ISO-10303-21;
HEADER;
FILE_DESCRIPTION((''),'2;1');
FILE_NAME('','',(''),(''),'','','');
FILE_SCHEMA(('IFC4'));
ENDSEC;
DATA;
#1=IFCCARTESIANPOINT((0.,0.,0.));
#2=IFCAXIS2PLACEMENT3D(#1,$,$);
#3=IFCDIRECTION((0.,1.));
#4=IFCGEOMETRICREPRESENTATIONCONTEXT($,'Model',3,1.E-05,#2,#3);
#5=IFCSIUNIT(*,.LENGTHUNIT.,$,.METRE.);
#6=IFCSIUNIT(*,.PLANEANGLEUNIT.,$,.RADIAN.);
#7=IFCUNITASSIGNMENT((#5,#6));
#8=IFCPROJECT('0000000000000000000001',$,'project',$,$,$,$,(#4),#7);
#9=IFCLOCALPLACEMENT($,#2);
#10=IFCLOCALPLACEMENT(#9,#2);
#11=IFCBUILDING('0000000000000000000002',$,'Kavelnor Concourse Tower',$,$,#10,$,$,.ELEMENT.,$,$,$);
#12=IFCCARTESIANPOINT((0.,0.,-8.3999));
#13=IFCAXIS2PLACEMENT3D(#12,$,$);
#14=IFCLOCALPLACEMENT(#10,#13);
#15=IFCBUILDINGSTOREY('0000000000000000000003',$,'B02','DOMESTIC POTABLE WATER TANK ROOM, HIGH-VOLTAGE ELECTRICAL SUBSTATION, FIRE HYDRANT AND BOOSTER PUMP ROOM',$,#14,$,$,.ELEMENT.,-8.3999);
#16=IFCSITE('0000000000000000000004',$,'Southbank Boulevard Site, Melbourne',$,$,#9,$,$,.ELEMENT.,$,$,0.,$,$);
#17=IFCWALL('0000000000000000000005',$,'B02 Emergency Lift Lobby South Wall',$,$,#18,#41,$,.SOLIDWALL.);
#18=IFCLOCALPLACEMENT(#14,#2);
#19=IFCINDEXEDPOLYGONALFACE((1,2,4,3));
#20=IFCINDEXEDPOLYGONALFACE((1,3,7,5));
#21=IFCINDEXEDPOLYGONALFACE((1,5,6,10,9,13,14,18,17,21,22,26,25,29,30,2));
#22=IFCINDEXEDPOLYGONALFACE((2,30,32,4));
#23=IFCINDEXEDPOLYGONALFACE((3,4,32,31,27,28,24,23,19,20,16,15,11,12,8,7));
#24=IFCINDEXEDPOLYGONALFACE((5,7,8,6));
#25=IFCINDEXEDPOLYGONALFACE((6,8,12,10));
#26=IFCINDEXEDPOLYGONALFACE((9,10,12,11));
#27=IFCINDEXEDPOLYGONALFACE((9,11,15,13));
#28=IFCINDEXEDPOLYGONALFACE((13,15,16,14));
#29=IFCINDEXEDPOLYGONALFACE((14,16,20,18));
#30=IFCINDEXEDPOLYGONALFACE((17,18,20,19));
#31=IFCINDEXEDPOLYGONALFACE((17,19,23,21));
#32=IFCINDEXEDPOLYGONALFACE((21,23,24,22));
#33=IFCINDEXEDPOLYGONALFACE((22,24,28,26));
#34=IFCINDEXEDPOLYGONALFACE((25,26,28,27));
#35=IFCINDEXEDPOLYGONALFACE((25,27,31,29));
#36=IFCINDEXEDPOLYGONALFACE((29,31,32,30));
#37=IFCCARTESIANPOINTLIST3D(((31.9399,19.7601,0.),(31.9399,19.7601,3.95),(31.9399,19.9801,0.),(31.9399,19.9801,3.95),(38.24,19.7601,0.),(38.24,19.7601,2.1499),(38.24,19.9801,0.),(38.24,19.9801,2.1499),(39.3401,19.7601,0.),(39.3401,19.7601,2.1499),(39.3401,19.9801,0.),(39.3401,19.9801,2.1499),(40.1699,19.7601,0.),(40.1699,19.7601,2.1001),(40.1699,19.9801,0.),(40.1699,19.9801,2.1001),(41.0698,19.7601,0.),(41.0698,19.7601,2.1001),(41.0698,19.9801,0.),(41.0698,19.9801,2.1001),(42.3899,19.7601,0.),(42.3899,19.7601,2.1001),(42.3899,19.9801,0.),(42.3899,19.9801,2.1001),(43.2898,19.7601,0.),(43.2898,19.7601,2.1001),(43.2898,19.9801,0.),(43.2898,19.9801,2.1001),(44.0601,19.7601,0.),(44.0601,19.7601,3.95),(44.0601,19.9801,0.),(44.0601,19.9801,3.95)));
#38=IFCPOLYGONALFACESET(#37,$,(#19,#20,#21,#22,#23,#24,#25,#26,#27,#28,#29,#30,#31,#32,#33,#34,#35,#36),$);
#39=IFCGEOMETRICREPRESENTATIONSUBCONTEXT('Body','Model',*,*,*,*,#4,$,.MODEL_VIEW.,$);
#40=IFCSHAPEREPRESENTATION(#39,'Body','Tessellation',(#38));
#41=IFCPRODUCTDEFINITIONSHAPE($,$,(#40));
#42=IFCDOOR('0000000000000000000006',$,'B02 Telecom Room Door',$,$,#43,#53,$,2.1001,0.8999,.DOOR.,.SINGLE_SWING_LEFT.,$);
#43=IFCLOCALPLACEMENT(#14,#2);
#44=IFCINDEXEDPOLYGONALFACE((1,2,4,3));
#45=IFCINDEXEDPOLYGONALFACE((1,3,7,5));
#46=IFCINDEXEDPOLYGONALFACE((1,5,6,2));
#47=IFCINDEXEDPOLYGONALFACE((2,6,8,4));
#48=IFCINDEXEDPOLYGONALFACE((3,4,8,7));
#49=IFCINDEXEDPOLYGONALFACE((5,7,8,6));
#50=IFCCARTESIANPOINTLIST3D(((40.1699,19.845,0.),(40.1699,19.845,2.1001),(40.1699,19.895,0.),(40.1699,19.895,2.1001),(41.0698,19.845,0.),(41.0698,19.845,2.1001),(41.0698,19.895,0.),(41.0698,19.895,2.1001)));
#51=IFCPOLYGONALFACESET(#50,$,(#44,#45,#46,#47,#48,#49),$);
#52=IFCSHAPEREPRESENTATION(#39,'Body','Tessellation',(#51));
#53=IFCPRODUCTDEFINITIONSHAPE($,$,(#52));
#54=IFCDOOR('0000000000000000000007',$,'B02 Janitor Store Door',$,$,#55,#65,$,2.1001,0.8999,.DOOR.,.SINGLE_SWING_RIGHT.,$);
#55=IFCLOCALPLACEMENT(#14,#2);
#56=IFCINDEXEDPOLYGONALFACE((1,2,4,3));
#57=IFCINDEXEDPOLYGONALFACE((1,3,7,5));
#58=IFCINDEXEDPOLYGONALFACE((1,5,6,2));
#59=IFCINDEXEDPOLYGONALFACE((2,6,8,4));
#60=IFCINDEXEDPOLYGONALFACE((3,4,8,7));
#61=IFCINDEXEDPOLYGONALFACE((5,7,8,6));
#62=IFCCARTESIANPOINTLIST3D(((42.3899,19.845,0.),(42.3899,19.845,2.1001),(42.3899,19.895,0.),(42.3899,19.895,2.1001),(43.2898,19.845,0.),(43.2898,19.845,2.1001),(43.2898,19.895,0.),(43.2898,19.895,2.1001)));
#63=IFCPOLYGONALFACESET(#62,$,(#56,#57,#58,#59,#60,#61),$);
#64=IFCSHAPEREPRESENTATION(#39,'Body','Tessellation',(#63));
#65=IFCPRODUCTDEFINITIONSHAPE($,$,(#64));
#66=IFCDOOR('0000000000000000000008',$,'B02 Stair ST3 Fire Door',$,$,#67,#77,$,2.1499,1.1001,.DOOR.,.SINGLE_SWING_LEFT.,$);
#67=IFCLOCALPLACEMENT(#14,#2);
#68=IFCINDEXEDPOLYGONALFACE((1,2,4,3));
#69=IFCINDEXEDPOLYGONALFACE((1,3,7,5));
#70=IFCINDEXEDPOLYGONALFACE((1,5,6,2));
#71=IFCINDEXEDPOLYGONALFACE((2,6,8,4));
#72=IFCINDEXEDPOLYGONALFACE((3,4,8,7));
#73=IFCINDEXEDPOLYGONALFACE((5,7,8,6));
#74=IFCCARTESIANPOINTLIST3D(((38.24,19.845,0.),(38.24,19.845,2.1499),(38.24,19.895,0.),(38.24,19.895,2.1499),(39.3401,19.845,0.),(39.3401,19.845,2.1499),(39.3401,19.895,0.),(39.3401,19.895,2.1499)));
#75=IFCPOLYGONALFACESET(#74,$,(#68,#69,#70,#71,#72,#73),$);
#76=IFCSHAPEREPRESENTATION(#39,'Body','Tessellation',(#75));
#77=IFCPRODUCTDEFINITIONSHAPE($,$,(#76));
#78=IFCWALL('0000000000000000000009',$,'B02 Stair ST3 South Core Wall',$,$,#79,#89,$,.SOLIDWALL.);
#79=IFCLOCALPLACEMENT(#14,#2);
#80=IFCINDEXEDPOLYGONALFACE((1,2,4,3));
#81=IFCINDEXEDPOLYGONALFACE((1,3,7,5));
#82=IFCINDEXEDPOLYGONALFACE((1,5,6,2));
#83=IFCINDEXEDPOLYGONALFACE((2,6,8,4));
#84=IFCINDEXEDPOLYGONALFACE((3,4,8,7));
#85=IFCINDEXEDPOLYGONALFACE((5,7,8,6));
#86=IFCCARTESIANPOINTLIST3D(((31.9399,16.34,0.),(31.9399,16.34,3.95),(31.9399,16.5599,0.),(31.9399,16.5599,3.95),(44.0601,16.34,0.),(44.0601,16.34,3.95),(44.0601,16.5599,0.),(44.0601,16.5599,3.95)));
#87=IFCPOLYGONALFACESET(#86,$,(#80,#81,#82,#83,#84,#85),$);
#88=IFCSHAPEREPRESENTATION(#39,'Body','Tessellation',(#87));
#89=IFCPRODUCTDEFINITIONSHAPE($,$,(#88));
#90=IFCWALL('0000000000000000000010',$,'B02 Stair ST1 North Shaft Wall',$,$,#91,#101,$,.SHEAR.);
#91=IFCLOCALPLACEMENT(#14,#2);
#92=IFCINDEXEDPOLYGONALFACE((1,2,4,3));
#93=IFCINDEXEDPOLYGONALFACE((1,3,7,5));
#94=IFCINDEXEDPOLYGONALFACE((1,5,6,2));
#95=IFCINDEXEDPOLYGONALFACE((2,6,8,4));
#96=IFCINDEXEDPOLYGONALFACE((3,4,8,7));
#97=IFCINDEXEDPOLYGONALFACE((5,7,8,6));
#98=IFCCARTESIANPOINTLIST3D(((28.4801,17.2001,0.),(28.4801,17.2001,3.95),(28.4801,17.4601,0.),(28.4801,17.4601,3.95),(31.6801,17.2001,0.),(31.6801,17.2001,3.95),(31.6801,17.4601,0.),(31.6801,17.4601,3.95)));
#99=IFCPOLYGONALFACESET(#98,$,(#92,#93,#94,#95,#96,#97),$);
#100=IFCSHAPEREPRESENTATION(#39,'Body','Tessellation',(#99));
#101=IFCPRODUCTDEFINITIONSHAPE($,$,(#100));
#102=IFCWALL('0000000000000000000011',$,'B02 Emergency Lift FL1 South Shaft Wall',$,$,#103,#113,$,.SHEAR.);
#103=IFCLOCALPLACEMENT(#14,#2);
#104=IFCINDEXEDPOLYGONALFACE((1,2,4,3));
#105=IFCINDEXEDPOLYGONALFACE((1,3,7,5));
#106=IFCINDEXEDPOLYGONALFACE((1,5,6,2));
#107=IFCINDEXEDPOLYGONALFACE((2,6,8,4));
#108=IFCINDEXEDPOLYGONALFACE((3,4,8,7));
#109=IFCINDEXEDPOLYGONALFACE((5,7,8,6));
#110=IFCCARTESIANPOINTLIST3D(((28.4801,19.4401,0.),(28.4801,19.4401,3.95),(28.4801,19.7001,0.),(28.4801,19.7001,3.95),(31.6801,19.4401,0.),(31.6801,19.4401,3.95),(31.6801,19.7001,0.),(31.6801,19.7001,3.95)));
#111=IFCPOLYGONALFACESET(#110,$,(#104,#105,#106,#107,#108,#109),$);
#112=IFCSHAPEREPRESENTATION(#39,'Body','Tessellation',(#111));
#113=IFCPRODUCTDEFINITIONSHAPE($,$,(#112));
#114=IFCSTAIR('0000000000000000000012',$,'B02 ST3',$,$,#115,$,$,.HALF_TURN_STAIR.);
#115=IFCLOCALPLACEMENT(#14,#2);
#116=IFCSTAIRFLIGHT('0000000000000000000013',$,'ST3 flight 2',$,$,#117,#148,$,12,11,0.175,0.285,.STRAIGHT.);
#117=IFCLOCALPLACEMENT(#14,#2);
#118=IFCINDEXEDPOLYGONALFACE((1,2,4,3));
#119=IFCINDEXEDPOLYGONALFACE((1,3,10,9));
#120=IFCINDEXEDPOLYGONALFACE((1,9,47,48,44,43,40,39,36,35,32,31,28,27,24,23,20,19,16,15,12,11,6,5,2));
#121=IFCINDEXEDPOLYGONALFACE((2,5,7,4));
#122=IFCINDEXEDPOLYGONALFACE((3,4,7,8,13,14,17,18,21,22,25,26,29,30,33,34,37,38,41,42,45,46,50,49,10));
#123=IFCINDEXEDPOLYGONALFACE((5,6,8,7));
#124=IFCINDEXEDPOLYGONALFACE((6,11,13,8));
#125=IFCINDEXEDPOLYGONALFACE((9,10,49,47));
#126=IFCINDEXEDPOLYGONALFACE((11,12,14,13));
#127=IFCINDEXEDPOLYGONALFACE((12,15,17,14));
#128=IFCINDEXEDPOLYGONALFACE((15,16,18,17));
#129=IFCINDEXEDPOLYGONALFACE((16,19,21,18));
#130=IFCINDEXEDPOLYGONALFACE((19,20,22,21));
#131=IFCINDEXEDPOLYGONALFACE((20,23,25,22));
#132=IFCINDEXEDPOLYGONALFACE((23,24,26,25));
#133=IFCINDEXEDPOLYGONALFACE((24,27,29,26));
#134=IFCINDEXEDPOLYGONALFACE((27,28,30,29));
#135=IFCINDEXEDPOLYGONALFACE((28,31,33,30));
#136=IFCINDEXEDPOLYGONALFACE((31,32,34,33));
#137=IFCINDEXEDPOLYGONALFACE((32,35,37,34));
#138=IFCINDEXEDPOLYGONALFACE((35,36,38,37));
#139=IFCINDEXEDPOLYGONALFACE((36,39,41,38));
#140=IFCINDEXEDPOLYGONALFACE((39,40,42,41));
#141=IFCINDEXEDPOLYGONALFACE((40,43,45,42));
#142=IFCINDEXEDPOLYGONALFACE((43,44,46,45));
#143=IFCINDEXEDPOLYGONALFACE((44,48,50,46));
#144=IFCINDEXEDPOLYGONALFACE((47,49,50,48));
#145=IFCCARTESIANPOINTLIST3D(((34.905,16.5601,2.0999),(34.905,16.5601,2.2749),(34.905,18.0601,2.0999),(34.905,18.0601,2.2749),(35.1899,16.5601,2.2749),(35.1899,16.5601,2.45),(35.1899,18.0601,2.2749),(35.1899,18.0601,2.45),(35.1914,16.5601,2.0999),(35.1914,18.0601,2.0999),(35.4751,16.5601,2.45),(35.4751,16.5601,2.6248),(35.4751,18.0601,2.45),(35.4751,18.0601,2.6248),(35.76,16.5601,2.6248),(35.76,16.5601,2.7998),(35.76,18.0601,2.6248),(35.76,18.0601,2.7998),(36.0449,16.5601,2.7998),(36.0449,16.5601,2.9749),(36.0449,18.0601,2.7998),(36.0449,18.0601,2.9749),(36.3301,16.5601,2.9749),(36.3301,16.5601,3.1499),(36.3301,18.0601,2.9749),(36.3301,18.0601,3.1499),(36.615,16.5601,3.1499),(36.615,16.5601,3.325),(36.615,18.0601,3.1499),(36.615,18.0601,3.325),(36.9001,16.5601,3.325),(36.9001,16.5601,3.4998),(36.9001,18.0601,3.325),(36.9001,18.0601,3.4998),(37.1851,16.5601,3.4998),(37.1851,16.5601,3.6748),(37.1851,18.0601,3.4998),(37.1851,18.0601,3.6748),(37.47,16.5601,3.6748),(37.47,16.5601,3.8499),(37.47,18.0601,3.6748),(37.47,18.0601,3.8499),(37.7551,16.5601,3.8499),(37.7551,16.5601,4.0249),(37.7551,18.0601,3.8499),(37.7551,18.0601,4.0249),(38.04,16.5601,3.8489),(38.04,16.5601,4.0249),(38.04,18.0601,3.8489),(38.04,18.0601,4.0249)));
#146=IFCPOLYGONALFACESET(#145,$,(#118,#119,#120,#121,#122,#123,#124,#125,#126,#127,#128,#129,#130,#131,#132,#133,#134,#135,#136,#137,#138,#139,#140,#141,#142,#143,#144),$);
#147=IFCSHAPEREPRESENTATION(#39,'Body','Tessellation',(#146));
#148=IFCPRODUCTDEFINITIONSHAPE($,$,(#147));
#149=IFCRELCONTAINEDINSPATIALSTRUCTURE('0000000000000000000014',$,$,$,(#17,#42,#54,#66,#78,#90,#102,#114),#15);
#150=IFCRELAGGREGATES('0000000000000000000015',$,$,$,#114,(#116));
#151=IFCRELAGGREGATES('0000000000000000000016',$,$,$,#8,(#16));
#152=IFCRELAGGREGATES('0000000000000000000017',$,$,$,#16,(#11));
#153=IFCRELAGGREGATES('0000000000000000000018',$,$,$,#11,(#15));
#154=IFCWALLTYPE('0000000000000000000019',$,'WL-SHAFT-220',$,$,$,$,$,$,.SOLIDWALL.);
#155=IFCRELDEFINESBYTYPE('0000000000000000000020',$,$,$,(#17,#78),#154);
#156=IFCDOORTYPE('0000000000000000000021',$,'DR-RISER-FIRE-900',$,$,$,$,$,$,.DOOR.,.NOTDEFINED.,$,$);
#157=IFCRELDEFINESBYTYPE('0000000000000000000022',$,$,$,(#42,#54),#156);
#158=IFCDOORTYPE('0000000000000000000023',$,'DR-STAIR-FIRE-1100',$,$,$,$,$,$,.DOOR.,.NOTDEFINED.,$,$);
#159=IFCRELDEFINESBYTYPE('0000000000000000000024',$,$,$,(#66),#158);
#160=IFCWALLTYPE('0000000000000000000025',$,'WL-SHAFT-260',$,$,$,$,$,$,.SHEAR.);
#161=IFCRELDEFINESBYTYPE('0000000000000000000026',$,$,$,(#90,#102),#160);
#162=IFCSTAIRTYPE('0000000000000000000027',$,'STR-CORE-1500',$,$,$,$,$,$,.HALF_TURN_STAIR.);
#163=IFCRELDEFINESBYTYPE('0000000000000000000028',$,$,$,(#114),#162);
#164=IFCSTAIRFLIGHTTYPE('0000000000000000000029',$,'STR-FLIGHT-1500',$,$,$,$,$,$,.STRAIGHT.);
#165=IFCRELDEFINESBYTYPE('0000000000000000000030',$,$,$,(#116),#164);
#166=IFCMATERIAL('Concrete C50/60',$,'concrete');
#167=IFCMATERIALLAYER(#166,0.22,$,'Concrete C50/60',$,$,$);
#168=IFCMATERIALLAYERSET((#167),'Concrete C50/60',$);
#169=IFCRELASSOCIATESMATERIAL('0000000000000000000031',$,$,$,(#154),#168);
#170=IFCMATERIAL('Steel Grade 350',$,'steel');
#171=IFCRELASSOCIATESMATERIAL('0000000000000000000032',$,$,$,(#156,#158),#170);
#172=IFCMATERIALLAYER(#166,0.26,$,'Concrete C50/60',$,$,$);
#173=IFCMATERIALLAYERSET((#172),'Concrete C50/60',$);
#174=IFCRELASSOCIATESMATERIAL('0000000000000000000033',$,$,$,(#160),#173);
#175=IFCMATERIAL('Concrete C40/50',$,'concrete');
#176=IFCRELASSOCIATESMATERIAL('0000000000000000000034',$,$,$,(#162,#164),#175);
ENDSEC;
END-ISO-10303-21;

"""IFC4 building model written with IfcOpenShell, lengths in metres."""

from ifc_helpers import new_model, si_unit, direction, frame, frame_2d, origin, place, context, subcontext, project, spatial, polyline, rectangle, outline, extrude, material, layer, layer_set, type_object, element, fill, aggregate, save


model = new_model("IFC4")

# Units and contexts
model_context = context("Model", 3, precision=1e-05, world=origin(), true_north=direction((0.0, 1.0)))
body_context = subcontext(model_context, "Body", "Model", "MODEL_VIEW")
ifc_project = project(units=[si_unit("LENGTHUNIT", "METRE"), si_unit("PLANEANGLEUNIT", "RADIAN")], contexts=[model_context])

# Site, building, storey
site_placement = place(None, origin())
site = spatial("IfcSite", under=ifc_project, at=site_placement, Name="Southbank Boulevard Site, Melbourne", CompositionType="ELEMENT", RefElevation=0.0)
building_placement = place(site_placement, origin())
building = spatial("IfcBuilding", under=site, at=building_placement, Name="Kavelnor Concourse Tower", CompositionType="ELEMENT")
storey_placement = place(building_placement, frame((0.0, 0.0, -8.3999)))
storey = spatial("IfcBuildingStorey", under=building, at=storey_placement, Name="B02", Description="DOMESTIC POTABLE WATER TANK ROOM, HIGH-VOLTAGE ELECTRICAL SUBSTATION, FIRE HYDRANT AND BOOSTER PUMP ROOM", CompositionType="ELEMENT", Elevation=-8.3999)

# Shared definitions
ifc_material_1 = material(Name="Concrete C50/60", Category="concrete")

# Shared definitions
ifc_material_2 = material(Name="Steel Grade 350", Category="steel")

# Wall, openings, doors
ifc_layer_1 = layer(ifc_material_1, 0.22, Name="Concrete C50/60")
ifc_layer_set_1 = layer_set([ifc_layer_1], Name="Concrete C50/60")
wall_type_1 = type_object("IfcWallType", Name="WL-SHAFT-220", PredefinedType="SOLIDWALL", material=ifc_layer_set_1)
wall_1_placement = place(storey_placement, frame((31.9399, 19.8701, 0.0), z_axis=(0.0, 0.0, 1.0), x_axis=(1.0, 0.0, 0.0)))
wall_1 = element("IfcWall", 1, at=wall_1_placement, inside=storey, type_object=wall_type_1, Name="B02 Emergency Lift Lobby South Wall", PredefinedType="SOLIDWALL", context=body_context, shape_type="SweptSolid", body=[
    extrude(rectangle(XDim=12.1201, YDim=0.22, at=frame_2d((6.0601, 0.0))), origin(), (0.0, 0.0, 1.0), 3.95),
])
opening_1_placement = place(wall_1_placement, frame((6.3, 0.0, 0.0)))
opening_1 = element("IfcOpeningElement", 2, at=opening_1_placement, cuts=wall_1, PredefinedType="OPENING", context=body_context, shape_type="SweptSolid", body=[
    extrude(rectangle(XDim=1.1001, YDim=2.1499, at=frame_2d((0.55, 1.075))), frame((0.0, 0.1201, 0.0), z_axis=(0.0, -1.0, 0.0), x_axis=(1.0, 0.0, 0.0)), (0.0, 0.0, 1.0), 0.24),
])
opening_2_placement = place(wall_1_placement, frame((8.23, 0.0, 0.0)))
opening_2 = element("IfcOpeningElement", 3, at=opening_2_placement, cuts=wall_1, PredefinedType="OPENING", context=body_context, shape_type="SweptSolid", body=[
    extrude(rectangle(XDim=0.8999, YDim=2.1001, at=frame_2d((0.45, 1.05))), frame((0.0, 0.1201, 0.0), z_axis=(0.0, -1.0, 0.0), x_axis=(1.0, 0.0, 0.0)), (0.0, 0.0, 1.0), 0.24),
])
opening_3_placement = place(wall_1_placement, frame((10.45, 0.0, 0.0)))
opening_3 = element("IfcOpeningElement", 4, at=opening_3_placement, cuts=wall_1, PredefinedType="OPENING", context=body_context, shape_type="SweptSolid", body=[
    extrude(rectangle(XDim=0.8999, YDim=2.1001, at=frame_2d((0.45, 1.05))), frame((0.0, 0.1201, 0.0), z_axis=(0.0, -1.0, 0.0), x_axis=(1.0, 0.0, 0.0)), (0.0, 0.0, 1.0), 0.24),
])
door_type_1 = type_object("IfcDoorType", Name="DR-RISER-FIRE-900", OperationType="NOTDEFINED", PredefinedType="DOOR", material=ifc_material_2)
door_1_placement = place(opening_2_placement, origin())
door_1 = element("IfcDoor", 5, at=door_1_placement, inside=storey, type_object=door_type_1, Name="B02 Telecom Room Door", OperationType="SINGLE_SWING_LEFT", OverallHeight=2.1001, OverallWidth=0.8999, PredefinedType="DOOR", context=body_context, shape_type="SweptSolid", body=[
    extrude(rectangle(XDim=0.8999, YDim=2.1001, at=frame_2d((0.45, 1.05))), frame((0.0, 0.0249, 0.0), z_axis=(0.0, -1.0, 0.0), x_axis=(1.0, 0.0, 0.0)), (0.0, 0.0, 1.0), 0.05),
])
fill(opening_2, door_1)
door_2_placement = place(opening_3_placement, origin())
door_2 = element("IfcDoor", 6, at=door_2_placement, inside=storey, type_object=door_type_1, Name="B02 Janitor Store Door", OperationType="SINGLE_SWING_RIGHT", OverallHeight=2.1001, OverallWidth=0.8999, PredefinedType="DOOR", context=body_context, shape_type="SweptSolid", body=[
    extrude(rectangle(XDim=0.8999, YDim=2.1001, at=frame_2d((0.45, 1.05))), frame((0.0, 0.0249, 0.0), z_axis=(0.0, -1.0, 0.0), x_axis=(1.0, 0.0, 0.0)), (0.0, 0.0, 1.0), 0.05),
])
fill(opening_3, door_2)
door_type_2 = type_object("IfcDoorType", Name="DR-STAIR-FIRE-1100", OperationType="NOTDEFINED", PredefinedType="DOOR", material=ifc_material_2)
door_3_placement = place(opening_1_placement, origin())
door_3 = element("IfcDoor", 7, at=door_3_placement, inside=storey, type_object=door_type_2, Name="B02 Stair ST3 Fire Door", OperationType="SINGLE_SWING_LEFT", OverallHeight=2.1499, OverallWidth=1.1001, PredefinedType="DOOR", context=body_context, shape_type="SweptSolid", body=[
    extrude(rectangle(XDim=1.1001, YDim=2.1499, at=frame_2d((0.55, 1.075))), frame((0.0, 0.0249, 0.0), z_axis=(0.0, -1.0, 0.0), x_axis=(1.0, 0.0, 0.0)), (0.0, 0.0, 1.0), 0.05),
])
fill(opening_1, door_3)

# Walls
wall_2_placement = place(storey_placement, frame((31.9399, 16.45, 0.0), z_axis=(0.0, 0.0, 1.0), x_axis=(1.0, 0.0, 0.0)))
element("IfcWall", 8, at=wall_2_placement, inside=storey, type_object=wall_type_1, Name="B02 Stair ST3 South Core Wall", PredefinedType="SOLIDWALL", context=body_context, shape_type="SweptSolid", body=[
    extrude(rectangle(XDim=12.1201, YDim=0.22, at=frame_2d((6.0601, 0.0))), origin(), (0.0, 0.0, 1.0), 3.95),
])
ifc_layer_2 = layer(ifc_material_1, 0.26, Name="Concrete C50/60")
ifc_layer_set_2 = layer_set([ifc_layer_2], Name="Concrete C50/60")
wall_type_2 = type_object("IfcWallType", Name="WL-SHAFT-260", PredefinedType="SHEAR", material=ifc_layer_set_2)
for number, where, z_axis, x_axis, name in (
    (9, (28.48, 17.3301, 0.0), (0.0, 0.0, 1.0), (1.0, 0.0, 0.0), "B02 Stair ST1 North Shaft Wall"),
    (10, (28.48, 19.5701, 0.0), (0.0, 0.0, 1.0), (1.0, 0.0, 0.0), "B02 Emergency Lift FL1 South Shaft Wall"),
):
    element("IfcWall", number, at=place(storey_placement, frame(where, z_axis=z_axis, x_axis=x_axis)), inside=storey, type_object=wall_type_2, Name=name, PredefinedType="SHEAR", context=body_context, shape_type="SweptSolid", body=[
        extrude(rectangle(XDim=3.2, YDim=0.26, at=frame_2d((1.6001, 0.0))), origin(), (0.0, 0.0, 1.0), 3.95),
    ])

# Stair, stair flight
ifc_material_3 = material(Name="Concrete C40/50", Category="concrete")
stair_type = type_object("IfcStairType", Name="STR-CORE-1500", PredefinedType="HALF_TURN_STAIR", material=ifc_material_3)
stair_placement = place(storey_placement, origin())
stair = element("IfcStair", 11, at=stair_placement, inside=storey, type_object=stair_type, Name="B02 ST3", PredefinedType="HALF_TURN_STAIR")
stair_flight_type = type_object("IfcStairFlightType", Name="STR-FLIGHT-1500", PredefinedType="STRAIGHT", material=ifc_material_3)
stair_flight_placement = place(storey_placement, frame((34.905, 17.3101, 2.0999), z_axis=(0.0, 0.0, 1.0), x_axis=(1.0, 0.0, 0.0)))
stair_flight = element("IfcStairFlight", 12, at=stair_flight_placement, type_object=stair_flight_type, Name="ST3 flight 2", NumberOfRisers=12, NumberOfTreads=11, PredefinedType="STRAIGHT", RiserHeight=0.175, TreadLength=0.285, context=body_context, shape_type="SweptSolid", body=[
    extrude(outline(polyline([(0.0, 0.0), (0.0, 0.175), (0.2849, 0.175), (0.2849, 0.3501), (0.5701, 0.3501), (0.5701, 0.5249), (0.855, 0.5249), (0.855, 0.7), (1.1399, 0.7), (1.1399, 0.875), (1.425, 0.875), (1.425, 1.05), (1.71, 1.05), (1.71, 1.2251), (1.9951, 1.2251), (1.9951, 1.3999), (2.28, 1.3999), (2.28, 1.575), (2.5649, 1.575), (2.5649, 1.75), (2.8501, 1.75), (2.8501, 1.925), (3.135, 1.925), (3.135, 2.1001), (3.135, 1.749), (0.2864, 0.0), (0.0, 0.0)])), frame((0.0, 0.75, 0.0), z_axis=(0.0, -1.0, 0.0), x_axis=(1.0, 0.0, 0.0)), (0.0, 0.0, 1.0), 1.5),
])
aggregate(stair, [stair_flight])

save(model, "model.ifc")
